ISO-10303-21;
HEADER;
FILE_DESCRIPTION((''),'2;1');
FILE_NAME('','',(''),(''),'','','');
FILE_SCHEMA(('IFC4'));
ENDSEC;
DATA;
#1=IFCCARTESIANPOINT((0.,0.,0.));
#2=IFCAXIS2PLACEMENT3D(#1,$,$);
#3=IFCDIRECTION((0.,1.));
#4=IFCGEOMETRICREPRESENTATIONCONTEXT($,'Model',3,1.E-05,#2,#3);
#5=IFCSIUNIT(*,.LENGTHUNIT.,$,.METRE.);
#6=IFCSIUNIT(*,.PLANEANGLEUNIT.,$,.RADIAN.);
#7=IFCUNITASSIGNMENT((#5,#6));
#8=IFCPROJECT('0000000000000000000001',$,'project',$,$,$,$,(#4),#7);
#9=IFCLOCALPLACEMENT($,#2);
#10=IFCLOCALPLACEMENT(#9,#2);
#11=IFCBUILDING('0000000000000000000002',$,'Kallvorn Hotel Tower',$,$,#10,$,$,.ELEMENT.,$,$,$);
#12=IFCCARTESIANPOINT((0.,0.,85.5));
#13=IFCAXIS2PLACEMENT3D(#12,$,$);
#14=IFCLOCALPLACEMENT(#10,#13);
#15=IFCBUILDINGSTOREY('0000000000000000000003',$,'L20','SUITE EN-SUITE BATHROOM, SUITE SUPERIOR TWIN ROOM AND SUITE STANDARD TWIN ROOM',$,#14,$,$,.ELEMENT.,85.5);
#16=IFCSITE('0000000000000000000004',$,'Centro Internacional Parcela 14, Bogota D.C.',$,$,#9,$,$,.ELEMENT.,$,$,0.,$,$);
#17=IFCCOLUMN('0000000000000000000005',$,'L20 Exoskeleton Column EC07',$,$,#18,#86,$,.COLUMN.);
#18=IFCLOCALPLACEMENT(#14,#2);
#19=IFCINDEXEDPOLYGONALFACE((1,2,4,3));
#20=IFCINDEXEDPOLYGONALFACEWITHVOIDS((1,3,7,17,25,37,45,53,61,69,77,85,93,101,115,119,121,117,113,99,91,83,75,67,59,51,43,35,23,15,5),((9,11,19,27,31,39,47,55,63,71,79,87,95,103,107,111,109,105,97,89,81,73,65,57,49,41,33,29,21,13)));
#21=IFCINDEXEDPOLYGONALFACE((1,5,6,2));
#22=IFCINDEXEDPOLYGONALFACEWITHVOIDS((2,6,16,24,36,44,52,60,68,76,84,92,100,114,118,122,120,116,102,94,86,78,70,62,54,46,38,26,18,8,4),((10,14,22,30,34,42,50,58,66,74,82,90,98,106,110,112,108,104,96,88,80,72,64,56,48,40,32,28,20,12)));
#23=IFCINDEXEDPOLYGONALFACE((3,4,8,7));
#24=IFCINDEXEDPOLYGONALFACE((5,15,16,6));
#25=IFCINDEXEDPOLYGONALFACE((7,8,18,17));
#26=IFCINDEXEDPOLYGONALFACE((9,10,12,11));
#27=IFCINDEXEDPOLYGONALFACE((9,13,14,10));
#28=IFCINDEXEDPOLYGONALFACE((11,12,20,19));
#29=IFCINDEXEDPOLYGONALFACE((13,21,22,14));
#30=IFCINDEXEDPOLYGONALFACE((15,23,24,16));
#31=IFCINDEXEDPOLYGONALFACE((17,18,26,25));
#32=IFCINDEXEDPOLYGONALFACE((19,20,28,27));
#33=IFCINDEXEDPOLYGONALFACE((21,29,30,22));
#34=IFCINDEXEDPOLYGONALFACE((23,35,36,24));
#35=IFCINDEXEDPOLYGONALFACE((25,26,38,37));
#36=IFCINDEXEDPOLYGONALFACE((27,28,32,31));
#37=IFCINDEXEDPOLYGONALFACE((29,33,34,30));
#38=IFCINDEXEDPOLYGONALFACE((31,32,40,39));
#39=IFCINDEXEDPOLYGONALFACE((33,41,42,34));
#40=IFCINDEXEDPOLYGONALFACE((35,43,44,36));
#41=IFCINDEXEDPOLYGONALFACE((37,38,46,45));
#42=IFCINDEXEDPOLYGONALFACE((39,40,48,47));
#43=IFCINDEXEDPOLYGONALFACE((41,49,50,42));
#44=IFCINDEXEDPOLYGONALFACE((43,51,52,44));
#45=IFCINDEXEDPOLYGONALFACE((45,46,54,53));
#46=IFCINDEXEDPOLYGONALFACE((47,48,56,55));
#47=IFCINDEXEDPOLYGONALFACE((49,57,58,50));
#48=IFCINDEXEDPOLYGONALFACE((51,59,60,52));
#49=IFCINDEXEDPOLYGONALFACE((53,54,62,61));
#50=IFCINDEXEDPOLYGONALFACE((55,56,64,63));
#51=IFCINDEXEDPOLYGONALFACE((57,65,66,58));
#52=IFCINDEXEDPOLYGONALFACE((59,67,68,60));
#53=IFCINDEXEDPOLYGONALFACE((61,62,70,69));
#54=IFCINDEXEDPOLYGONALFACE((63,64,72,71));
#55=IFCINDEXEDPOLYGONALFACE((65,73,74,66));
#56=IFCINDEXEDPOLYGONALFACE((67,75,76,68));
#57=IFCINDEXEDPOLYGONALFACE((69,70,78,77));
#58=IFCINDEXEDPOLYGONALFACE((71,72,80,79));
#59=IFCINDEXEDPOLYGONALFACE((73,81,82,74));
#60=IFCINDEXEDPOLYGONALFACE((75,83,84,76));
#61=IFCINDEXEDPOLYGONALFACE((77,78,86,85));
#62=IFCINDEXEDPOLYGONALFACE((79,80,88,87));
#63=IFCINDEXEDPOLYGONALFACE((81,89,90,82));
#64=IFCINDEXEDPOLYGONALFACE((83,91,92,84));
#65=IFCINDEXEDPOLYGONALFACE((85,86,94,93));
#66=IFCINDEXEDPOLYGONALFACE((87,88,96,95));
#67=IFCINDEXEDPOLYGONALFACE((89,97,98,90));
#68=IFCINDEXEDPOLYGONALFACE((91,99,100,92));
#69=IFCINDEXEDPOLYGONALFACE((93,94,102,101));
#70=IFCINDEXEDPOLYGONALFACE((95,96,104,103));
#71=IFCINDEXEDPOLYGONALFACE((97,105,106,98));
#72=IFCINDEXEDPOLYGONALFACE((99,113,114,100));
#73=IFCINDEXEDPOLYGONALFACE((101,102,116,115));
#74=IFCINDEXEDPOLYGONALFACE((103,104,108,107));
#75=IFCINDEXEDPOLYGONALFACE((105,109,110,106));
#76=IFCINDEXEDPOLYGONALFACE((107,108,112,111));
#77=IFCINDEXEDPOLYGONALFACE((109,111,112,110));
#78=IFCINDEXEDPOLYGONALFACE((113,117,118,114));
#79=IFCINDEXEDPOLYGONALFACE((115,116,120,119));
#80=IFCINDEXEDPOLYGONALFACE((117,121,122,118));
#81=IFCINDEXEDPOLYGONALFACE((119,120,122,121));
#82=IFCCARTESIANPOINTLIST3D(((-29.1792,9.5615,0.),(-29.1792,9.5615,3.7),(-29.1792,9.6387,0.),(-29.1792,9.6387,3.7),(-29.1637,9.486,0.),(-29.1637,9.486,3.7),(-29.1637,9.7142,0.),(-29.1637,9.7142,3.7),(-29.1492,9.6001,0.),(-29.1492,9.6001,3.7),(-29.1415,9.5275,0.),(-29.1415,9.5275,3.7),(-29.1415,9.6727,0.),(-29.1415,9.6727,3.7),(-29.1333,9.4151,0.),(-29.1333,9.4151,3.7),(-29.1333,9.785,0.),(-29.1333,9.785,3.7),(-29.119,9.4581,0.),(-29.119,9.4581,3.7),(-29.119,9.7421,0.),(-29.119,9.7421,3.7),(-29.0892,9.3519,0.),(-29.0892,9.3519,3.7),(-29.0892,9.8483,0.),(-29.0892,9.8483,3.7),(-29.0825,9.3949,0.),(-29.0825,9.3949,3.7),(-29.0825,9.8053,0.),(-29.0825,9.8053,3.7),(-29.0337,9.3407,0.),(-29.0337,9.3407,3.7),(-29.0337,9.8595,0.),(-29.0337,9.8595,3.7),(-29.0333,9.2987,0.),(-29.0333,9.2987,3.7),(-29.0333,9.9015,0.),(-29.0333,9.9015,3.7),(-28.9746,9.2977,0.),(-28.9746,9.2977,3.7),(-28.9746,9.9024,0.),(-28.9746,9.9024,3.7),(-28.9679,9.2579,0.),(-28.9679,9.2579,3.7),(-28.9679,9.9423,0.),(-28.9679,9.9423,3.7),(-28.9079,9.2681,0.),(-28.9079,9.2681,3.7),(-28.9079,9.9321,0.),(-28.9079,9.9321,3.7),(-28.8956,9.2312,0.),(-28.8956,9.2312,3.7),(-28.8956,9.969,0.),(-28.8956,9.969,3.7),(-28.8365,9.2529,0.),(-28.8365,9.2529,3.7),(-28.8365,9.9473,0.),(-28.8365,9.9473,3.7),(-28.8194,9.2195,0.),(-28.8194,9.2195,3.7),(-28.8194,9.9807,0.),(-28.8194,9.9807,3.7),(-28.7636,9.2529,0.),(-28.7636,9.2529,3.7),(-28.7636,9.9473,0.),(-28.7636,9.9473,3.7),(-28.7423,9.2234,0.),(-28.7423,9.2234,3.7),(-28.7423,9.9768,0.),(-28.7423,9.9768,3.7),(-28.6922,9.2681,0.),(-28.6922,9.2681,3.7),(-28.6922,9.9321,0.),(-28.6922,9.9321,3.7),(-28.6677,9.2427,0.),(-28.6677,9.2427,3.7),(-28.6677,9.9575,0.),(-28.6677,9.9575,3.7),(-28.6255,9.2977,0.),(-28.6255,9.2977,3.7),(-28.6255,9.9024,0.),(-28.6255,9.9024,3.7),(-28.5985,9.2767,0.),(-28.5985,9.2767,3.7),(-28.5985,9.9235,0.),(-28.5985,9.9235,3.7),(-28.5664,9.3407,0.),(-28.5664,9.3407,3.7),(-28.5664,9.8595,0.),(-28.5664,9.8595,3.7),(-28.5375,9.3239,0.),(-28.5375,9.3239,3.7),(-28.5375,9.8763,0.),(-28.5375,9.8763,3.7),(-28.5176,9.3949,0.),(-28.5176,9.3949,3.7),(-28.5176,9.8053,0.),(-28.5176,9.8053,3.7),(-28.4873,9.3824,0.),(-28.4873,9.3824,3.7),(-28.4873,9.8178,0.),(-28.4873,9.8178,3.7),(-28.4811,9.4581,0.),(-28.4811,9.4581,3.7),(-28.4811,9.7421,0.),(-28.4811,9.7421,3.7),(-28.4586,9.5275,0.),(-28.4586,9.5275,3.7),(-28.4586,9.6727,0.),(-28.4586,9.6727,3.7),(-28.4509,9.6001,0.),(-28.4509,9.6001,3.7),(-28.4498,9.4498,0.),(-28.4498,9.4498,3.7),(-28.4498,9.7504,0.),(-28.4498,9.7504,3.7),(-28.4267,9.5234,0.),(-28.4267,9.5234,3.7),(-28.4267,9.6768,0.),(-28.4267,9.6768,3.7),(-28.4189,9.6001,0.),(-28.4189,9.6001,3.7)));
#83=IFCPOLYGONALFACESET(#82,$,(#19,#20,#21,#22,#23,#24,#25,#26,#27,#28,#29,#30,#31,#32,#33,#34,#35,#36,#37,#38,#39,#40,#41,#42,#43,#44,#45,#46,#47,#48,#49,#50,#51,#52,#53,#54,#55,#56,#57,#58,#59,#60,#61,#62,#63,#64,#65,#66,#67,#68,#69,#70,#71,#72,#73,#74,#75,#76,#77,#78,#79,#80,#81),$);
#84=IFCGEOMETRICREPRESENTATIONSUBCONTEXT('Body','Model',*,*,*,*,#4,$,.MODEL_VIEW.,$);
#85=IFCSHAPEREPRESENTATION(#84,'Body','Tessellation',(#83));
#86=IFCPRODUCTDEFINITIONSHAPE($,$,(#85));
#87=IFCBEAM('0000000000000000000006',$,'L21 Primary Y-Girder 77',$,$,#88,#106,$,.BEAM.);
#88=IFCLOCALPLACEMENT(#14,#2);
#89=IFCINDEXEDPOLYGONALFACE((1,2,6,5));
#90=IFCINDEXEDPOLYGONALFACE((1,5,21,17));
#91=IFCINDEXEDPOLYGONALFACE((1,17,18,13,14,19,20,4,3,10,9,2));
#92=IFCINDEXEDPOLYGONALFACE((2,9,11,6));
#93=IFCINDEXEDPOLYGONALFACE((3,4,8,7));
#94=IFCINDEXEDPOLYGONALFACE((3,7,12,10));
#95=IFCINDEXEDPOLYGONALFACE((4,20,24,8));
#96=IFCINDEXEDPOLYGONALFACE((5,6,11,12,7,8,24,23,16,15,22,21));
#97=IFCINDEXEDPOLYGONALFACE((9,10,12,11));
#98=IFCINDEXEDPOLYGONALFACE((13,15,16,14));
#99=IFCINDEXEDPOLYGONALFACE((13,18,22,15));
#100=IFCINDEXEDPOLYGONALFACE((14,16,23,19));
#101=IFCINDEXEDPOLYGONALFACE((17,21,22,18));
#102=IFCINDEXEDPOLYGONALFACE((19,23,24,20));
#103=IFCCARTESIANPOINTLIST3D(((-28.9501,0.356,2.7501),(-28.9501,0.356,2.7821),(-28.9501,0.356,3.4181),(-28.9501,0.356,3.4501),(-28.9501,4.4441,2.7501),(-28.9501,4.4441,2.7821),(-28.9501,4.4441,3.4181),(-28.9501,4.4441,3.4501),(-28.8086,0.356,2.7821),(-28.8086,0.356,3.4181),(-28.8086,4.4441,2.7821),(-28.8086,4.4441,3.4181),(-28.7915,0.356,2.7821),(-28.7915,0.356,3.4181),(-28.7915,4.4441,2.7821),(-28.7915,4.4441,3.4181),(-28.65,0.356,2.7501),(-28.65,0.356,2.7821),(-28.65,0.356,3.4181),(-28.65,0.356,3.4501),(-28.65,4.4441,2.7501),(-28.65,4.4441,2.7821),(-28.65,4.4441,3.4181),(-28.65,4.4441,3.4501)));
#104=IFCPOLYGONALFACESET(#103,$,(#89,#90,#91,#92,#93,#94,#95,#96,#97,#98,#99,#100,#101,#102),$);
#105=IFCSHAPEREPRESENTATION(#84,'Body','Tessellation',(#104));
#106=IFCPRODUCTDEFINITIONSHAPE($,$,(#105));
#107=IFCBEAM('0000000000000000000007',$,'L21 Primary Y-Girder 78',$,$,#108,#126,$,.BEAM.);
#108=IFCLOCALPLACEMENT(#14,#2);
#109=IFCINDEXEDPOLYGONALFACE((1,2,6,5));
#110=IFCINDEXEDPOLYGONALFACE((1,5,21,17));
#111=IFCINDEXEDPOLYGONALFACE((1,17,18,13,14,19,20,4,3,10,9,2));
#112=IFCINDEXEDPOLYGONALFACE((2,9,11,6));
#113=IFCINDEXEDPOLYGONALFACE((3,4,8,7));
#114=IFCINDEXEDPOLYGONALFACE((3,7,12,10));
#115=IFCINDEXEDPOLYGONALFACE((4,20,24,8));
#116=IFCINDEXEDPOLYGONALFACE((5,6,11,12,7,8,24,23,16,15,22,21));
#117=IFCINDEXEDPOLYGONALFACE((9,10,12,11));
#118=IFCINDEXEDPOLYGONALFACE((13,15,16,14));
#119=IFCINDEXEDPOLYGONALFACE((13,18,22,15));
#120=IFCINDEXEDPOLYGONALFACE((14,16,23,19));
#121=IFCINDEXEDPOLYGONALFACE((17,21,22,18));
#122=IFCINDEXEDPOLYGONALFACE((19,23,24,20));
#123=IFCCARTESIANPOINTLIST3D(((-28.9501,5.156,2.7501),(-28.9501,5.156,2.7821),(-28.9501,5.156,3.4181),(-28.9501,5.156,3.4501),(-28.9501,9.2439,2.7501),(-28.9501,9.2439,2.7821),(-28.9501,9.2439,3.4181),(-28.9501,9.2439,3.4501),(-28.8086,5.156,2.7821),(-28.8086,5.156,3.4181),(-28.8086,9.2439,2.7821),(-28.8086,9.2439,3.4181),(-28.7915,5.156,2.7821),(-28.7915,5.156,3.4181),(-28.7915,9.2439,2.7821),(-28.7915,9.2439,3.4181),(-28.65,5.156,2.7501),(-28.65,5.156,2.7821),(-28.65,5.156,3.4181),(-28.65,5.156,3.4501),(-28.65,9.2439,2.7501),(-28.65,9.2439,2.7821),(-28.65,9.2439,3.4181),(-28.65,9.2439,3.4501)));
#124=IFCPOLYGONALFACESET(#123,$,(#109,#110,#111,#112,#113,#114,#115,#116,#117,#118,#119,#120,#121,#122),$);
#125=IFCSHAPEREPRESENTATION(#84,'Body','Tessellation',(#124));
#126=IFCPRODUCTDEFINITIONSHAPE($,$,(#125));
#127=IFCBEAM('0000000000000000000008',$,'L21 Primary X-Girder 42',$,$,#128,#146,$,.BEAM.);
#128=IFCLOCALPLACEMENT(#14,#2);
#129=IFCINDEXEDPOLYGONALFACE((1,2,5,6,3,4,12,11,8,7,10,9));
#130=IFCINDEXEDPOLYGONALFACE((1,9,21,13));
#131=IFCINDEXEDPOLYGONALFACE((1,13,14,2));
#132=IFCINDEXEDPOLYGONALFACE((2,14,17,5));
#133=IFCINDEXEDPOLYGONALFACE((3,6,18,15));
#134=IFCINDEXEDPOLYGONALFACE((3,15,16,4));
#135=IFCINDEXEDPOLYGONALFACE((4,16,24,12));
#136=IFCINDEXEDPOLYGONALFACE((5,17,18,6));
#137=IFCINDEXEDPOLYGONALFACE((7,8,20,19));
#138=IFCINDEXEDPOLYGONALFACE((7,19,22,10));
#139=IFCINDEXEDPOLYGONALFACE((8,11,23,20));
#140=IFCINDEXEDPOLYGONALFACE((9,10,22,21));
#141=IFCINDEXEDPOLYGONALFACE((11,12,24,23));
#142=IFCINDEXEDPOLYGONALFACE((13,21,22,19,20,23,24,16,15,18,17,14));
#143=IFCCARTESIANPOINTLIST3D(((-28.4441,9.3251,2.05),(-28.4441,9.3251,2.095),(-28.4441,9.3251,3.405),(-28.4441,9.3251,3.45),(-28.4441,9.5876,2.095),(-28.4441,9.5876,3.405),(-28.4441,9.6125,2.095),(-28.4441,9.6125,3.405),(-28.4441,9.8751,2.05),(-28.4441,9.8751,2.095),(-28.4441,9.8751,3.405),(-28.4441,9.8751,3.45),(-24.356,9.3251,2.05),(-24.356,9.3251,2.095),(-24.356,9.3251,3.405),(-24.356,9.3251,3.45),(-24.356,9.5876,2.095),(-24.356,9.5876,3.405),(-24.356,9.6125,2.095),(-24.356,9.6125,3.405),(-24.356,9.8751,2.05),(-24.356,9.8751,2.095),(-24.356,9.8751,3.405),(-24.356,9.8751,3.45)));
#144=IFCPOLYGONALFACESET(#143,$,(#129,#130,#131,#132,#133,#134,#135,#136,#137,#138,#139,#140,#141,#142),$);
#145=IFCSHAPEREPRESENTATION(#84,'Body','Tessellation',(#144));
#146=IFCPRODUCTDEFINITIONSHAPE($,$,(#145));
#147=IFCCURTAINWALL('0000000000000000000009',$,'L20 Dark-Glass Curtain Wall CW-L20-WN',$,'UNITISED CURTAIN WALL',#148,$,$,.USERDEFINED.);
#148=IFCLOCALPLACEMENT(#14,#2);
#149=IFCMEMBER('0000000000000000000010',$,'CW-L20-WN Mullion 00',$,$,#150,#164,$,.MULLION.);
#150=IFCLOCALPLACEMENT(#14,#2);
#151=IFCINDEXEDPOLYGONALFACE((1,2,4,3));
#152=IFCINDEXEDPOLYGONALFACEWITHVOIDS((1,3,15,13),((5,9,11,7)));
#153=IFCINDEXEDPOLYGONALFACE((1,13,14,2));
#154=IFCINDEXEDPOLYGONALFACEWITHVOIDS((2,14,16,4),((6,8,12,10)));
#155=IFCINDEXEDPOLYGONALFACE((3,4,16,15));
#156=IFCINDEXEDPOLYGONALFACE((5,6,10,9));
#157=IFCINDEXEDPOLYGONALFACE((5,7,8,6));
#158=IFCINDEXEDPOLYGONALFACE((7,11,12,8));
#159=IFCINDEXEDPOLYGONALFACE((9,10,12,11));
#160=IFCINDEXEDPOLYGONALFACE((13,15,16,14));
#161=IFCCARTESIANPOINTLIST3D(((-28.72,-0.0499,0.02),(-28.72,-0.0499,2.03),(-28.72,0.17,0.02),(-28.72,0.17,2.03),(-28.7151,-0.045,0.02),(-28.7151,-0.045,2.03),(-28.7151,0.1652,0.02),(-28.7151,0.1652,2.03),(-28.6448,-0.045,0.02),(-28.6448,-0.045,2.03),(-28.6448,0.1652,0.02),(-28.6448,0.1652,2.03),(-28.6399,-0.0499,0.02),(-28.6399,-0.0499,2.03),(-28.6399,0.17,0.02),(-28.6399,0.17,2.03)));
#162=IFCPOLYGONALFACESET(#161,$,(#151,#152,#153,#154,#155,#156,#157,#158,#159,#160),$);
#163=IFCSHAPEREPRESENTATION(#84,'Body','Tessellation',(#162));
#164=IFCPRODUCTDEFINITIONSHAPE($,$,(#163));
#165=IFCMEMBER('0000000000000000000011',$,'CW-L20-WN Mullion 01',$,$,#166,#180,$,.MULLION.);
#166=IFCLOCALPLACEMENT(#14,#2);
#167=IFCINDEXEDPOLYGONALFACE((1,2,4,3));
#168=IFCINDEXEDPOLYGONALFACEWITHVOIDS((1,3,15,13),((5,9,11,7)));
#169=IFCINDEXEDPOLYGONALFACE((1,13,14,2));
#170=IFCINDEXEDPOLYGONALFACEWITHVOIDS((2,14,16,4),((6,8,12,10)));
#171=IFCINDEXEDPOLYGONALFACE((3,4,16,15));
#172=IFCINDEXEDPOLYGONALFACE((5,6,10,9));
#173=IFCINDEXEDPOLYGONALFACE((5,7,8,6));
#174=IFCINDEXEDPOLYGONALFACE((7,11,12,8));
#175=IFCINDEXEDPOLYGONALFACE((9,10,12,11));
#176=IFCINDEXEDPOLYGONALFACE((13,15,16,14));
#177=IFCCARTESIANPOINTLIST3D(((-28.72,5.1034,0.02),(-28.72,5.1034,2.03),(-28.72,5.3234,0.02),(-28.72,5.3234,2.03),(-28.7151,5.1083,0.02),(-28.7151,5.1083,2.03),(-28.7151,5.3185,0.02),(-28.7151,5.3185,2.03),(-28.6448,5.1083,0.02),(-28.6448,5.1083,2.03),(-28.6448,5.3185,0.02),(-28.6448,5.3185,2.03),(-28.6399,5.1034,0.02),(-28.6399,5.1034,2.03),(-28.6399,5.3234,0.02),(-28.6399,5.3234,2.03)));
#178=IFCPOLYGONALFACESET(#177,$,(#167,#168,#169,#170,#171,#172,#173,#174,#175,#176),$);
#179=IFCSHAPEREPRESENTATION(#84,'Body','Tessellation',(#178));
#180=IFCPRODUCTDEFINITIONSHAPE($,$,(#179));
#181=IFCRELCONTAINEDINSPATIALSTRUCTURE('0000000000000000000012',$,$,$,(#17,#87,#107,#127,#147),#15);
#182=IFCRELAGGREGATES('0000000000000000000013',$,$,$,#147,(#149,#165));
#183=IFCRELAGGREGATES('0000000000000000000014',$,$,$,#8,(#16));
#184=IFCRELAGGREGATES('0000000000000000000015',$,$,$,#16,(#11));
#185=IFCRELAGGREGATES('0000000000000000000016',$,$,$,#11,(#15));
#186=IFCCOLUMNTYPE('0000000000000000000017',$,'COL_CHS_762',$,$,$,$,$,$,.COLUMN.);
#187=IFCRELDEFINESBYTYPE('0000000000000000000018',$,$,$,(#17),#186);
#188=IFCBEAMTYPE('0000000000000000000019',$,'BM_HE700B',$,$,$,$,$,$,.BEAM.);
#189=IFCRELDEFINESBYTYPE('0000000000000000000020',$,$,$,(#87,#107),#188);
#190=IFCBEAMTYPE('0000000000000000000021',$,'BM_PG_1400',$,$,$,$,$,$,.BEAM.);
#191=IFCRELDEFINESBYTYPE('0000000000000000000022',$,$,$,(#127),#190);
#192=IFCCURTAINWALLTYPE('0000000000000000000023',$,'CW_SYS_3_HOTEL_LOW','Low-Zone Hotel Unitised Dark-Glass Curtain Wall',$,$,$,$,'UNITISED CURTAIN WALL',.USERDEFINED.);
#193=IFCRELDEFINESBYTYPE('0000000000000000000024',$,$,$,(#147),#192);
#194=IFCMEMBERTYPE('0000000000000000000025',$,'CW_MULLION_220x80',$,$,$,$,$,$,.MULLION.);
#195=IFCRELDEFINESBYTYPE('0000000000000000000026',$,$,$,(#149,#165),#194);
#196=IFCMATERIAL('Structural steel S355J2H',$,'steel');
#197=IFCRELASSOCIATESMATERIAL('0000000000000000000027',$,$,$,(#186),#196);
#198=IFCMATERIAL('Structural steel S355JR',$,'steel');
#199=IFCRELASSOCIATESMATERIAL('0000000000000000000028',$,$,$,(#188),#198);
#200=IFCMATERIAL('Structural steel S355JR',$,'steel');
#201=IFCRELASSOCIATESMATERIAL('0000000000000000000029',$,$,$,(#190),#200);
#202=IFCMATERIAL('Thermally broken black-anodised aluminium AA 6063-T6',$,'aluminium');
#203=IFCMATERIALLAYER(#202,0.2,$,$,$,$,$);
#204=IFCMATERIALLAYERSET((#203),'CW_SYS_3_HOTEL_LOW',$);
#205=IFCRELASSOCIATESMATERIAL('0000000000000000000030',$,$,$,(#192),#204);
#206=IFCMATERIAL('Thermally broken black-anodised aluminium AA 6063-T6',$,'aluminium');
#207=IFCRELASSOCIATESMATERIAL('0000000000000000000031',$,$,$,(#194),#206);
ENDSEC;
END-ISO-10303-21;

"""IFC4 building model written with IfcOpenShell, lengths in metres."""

from ifc_helpers import new_model, si_unit, direction, frame, origin, origin_2d, place, context, subcontext, project, spatial, hollow_rectangle, hollow_circle, i_section, extrude, material, layer, layer_set, material_profile, profile_set, type_object, element, aggregate, save


model = new_model("IFC4")

# Units and contexts
model_context = context("Model", 3, precision=1e-05, world=origin(), true_north=direction((0.0, 1.0)))
body_context = subcontext(model_context, "Body", "Model", "MODEL_VIEW")
ifc_project = project(units=[si_unit("LENGTHUNIT", "METRE"), si_unit("PLANEANGLEUNIT", "RADIAN")], contexts=[model_context])

# Site, building, storey
site_placement = place(None, origin())
site = spatial("IfcSite", under=ifc_project, at=site_placement, Name="Centro Internacional Parcela 14, Bogota D.C.", CompositionType="ELEMENT", RefElevation=0.0)
building_placement = place(site_placement, origin())
building = spatial("IfcBuilding", under=site, at=building_placement, Name="Kallvorn Hotel Tower", CompositionType="ELEMENT")
storey_placement = place(building_placement, frame((0.0, 0.0, 85.5)))
storey = spatial("IfcBuildingStorey", under=building, at=storey_placement, Name="L20", Description="SUITE EN-SUITE BATHROOM, SUITE SUPERIOR TWIN ROOM AND SUITE STANDARD TWIN ROOM", CompositionType="ELEMENT", Elevation=85.5)

# Column
ifc_material_1 = material(Name="Structural steel S355J2H", Category="steel")
ifc_material_profile_1 = material_profile(ifc_material_1, hollow_circle(Radius=0.3811, WallThickness=0.032, at=origin_2d()), Name="CHS 762x32")
ifc_profile_set_1 = profile_set([ifc_material_profile_1], Name="Structural steel S355J2H")
column_type = type_object("IfcColumnType", Name="COL_CHS_762", PredefinedType="COLUMN", material=ifc_profile_set_1)
for number, where, z_axis, x_axis, name in (
    (1, (-28.8, 9.6001, 0.0), (0.0, 0.0, 1.0), (1.0, 0.0, 0.0), "L20 Exoskeleton Column EC07"),
):
    element("IfcColumn", number, at=place(storey_placement, frame(where, z_axis=z_axis, x_axis=x_axis)), inside=storey, type_object=column_type, Name=name, PredefinedType="COLUMN", context=body_context, shape_type="SweptSolid", body=[
        extrude(hollow_circle(Radius=0.3811, WallThickness=0.032, at=origin_2d()), origin(), (0.0, 0.0, 1.0), 3.7),
    ])

# Beams
ifc_material_2 = material(Name="Structural steel S355JR", Category="steel")
ifc_material_profile_2 = material_profile(ifc_material_2, i_section(OverallWidth=0.3, OverallDepth=0.7, WebThickness=0.0171, FlangeThickness=0.032, at=origin_2d()), Name="HE 700 B")
ifc_profile_set_2 = profile_set([ifc_material_profile_2], Name="Structural steel S355JR")
beam_type_1 = type_object("IfcBeamType", Name="BM_HE700B", PredefinedType="BEAM", material=ifc_profile_set_2)
beam_1_placement = place(storey_placement, frame((-28.8, 0.356, 3.1001), z_axis=(0.0, 1.0, 0.0), x_axis=(-1.0, 0.0, 0.0)))
element("IfcBeam", 2, at=beam_1_placement, inside=storey, type_object=beam_type_1, Name="L21 Primary Y-Girder 77", PredefinedType="BEAM", context=body_context, shape_type="SweptSolid", body=[
    extrude(i_section(OverallWidth=0.3, OverallDepth=0.7, WebThickness=0.0171, FlangeThickness=0.032, at=origin_2d()), origin(), (0.0, 0.0, 1.0), 4.0881),
])
beam_2_placement = place(storey_placement, frame((-28.8, 5.156, 3.1001), z_axis=(0.0, 1.0, 0.0), x_axis=(-1.0, 0.0, 0.0)))
element("IfcBeam", 3, at=beam_2_placement, inside=storey, type_object=beam_type_1, Name="L21 Primary Y-Girder 78", PredefinedType="BEAM", context=body_context, shape_type="SweptSolid", body=[
    extrude(i_section(OverallWidth=0.3, OverallDepth=0.7, WebThickness=0.0171, FlangeThickness=0.032, at=origin_2d()), origin(), (0.0, 0.0, 1.0), 4.0879),
])
ifc_material_3 = material(Name="Structural steel S355JR", Category="steel")
ifc_material_profile_3 = material_profile(ifc_material_3, i_section(OverallWidth=0.55, OverallDepth=1.3999, WebThickness=0.0249, FlangeThickness=0.0449, at=origin_2d()), Name="PG 1400x550x25x45")
ifc_profile_set_3 = profile_set([ifc_material_profile_3], Name="Structural steel S355JR")
beam_type_2 = type_object("IfcBeamType", Name="BM_PG_1400", PredefinedType="BEAM", material=ifc_profile_set_3)
beam_3_placement = place(storey_placement, frame((-28.4441, 9.6001, 2.75), z_axis=(1.0, 0.0, 0.0), x_axis=(0.0, 1.0, 0.0)))
element("IfcBeam", 4, at=beam_3_placement, inside=storey, type_object=beam_type_2, Name="L21 Primary X-Girder 42", PredefinedType="BEAM", context=body_context, shape_type="SweptSolid", body=[
    extrude(i_section(OverallWidth=0.55, OverallDepth=1.3999, WebThickness=0.0249, FlangeThickness=0.0449, at=origin_2d()), origin(), (0.0, 0.0, 1.0), 4.0881),
])

# Curtain wall, members
ifc_material_4 = material(Name="Thermally broken black-anodised aluminium AA 6063-T6", Category="aluminium")
ifc_layer_1 = layer(ifc_material_4, 0.2)
ifc_layer_set_1 = layer_set([ifc_layer_1], Name="CW_SYS_3_HOTEL_LOW")
curtain_wall_type = type_object("IfcCurtainWallType", Name="CW_SYS_3_HOTEL_LOW", Description="Low-Zone Hotel Unitised Dark-Glass Curtain Wall", ElementType="UNITISED CURTAIN WALL", PredefinedType="USERDEFINED", material=ifc_layer_set_1)
curtain_wall_placement = place(storey_placement, origin())
curtain_wall = element("IfcCurtainWall", 5, at=curtain_wall_placement, inside=storey, type_object=curtain_wall_type, Name="L20 Dark-Glass Curtain Wall CW-L20-WN", ObjectType="UNITISED CURTAIN WALL", PredefinedType="USERDEFINED")
ifc_material_5 = material(Name="Thermally broken black-anodised aluminium AA 6063-T6", Category="aluminium")
ifc_material_profile_4 = material_profile(ifc_material_5, hollow_rectangle(XDim=0.0801, YDim=0.22, WallThickness=0.0049, at=origin_2d()), Name="MUL 220x80")
ifc_profile_set_4 = profile_set([ifc_material_profile_4], Name="Thermally broken black-anodised aluminium AA 6063-T6")
member_type_1 = type_object("IfcMemberType", Name="CW_MULLION_220x80", PredefinedType="MULLION", material=ifc_profile_set_4)
member_1_placement = place(storey_placement, frame((-28.6799, 0.0601, 0.02), z_axis=(0.0, 0.0, 1.0), x_axis=(1.0, 0.0, 0.0)))
member_1 = element("IfcMember", 6, at=member_1_placement, type_object=member_type_1, Name="CW-L20-WN Mullion 00", PredefinedType="MULLION", context=body_context, shape_type="SweptSolid", body=[
    extrude(hollow_rectangle(XDim=0.0801, YDim=0.22, WallThickness=0.0049, at=origin_2d()), origin(), (0.0, 0.0, 1.0), 2.01),
])
member_2_placement = place(storey_placement, frame((-28.6799, 5.2134, 0.02), z_axis=(0.0, 0.0, 1.0), x_axis=(1.0, 0.0, 0.0)))
member_2 = element("IfcMember", 7, at=member_2_placement, type_object=member_type_1, Name="CW-L20-WN Mullion 01", PredefinedType="MULLION", context=body_context, shape_type="SweptSolid", body=[
    extrude(hollow_rectangle(XDim=0.0801, YDim=0.22, WallThickness=0.0049, at=origin_2d()), origin(), (0.0, 0.0, 1.0), 2.01),
])
aggregate(curtain_wall, [member_1, member_2])

save(model, "model.ifc")
